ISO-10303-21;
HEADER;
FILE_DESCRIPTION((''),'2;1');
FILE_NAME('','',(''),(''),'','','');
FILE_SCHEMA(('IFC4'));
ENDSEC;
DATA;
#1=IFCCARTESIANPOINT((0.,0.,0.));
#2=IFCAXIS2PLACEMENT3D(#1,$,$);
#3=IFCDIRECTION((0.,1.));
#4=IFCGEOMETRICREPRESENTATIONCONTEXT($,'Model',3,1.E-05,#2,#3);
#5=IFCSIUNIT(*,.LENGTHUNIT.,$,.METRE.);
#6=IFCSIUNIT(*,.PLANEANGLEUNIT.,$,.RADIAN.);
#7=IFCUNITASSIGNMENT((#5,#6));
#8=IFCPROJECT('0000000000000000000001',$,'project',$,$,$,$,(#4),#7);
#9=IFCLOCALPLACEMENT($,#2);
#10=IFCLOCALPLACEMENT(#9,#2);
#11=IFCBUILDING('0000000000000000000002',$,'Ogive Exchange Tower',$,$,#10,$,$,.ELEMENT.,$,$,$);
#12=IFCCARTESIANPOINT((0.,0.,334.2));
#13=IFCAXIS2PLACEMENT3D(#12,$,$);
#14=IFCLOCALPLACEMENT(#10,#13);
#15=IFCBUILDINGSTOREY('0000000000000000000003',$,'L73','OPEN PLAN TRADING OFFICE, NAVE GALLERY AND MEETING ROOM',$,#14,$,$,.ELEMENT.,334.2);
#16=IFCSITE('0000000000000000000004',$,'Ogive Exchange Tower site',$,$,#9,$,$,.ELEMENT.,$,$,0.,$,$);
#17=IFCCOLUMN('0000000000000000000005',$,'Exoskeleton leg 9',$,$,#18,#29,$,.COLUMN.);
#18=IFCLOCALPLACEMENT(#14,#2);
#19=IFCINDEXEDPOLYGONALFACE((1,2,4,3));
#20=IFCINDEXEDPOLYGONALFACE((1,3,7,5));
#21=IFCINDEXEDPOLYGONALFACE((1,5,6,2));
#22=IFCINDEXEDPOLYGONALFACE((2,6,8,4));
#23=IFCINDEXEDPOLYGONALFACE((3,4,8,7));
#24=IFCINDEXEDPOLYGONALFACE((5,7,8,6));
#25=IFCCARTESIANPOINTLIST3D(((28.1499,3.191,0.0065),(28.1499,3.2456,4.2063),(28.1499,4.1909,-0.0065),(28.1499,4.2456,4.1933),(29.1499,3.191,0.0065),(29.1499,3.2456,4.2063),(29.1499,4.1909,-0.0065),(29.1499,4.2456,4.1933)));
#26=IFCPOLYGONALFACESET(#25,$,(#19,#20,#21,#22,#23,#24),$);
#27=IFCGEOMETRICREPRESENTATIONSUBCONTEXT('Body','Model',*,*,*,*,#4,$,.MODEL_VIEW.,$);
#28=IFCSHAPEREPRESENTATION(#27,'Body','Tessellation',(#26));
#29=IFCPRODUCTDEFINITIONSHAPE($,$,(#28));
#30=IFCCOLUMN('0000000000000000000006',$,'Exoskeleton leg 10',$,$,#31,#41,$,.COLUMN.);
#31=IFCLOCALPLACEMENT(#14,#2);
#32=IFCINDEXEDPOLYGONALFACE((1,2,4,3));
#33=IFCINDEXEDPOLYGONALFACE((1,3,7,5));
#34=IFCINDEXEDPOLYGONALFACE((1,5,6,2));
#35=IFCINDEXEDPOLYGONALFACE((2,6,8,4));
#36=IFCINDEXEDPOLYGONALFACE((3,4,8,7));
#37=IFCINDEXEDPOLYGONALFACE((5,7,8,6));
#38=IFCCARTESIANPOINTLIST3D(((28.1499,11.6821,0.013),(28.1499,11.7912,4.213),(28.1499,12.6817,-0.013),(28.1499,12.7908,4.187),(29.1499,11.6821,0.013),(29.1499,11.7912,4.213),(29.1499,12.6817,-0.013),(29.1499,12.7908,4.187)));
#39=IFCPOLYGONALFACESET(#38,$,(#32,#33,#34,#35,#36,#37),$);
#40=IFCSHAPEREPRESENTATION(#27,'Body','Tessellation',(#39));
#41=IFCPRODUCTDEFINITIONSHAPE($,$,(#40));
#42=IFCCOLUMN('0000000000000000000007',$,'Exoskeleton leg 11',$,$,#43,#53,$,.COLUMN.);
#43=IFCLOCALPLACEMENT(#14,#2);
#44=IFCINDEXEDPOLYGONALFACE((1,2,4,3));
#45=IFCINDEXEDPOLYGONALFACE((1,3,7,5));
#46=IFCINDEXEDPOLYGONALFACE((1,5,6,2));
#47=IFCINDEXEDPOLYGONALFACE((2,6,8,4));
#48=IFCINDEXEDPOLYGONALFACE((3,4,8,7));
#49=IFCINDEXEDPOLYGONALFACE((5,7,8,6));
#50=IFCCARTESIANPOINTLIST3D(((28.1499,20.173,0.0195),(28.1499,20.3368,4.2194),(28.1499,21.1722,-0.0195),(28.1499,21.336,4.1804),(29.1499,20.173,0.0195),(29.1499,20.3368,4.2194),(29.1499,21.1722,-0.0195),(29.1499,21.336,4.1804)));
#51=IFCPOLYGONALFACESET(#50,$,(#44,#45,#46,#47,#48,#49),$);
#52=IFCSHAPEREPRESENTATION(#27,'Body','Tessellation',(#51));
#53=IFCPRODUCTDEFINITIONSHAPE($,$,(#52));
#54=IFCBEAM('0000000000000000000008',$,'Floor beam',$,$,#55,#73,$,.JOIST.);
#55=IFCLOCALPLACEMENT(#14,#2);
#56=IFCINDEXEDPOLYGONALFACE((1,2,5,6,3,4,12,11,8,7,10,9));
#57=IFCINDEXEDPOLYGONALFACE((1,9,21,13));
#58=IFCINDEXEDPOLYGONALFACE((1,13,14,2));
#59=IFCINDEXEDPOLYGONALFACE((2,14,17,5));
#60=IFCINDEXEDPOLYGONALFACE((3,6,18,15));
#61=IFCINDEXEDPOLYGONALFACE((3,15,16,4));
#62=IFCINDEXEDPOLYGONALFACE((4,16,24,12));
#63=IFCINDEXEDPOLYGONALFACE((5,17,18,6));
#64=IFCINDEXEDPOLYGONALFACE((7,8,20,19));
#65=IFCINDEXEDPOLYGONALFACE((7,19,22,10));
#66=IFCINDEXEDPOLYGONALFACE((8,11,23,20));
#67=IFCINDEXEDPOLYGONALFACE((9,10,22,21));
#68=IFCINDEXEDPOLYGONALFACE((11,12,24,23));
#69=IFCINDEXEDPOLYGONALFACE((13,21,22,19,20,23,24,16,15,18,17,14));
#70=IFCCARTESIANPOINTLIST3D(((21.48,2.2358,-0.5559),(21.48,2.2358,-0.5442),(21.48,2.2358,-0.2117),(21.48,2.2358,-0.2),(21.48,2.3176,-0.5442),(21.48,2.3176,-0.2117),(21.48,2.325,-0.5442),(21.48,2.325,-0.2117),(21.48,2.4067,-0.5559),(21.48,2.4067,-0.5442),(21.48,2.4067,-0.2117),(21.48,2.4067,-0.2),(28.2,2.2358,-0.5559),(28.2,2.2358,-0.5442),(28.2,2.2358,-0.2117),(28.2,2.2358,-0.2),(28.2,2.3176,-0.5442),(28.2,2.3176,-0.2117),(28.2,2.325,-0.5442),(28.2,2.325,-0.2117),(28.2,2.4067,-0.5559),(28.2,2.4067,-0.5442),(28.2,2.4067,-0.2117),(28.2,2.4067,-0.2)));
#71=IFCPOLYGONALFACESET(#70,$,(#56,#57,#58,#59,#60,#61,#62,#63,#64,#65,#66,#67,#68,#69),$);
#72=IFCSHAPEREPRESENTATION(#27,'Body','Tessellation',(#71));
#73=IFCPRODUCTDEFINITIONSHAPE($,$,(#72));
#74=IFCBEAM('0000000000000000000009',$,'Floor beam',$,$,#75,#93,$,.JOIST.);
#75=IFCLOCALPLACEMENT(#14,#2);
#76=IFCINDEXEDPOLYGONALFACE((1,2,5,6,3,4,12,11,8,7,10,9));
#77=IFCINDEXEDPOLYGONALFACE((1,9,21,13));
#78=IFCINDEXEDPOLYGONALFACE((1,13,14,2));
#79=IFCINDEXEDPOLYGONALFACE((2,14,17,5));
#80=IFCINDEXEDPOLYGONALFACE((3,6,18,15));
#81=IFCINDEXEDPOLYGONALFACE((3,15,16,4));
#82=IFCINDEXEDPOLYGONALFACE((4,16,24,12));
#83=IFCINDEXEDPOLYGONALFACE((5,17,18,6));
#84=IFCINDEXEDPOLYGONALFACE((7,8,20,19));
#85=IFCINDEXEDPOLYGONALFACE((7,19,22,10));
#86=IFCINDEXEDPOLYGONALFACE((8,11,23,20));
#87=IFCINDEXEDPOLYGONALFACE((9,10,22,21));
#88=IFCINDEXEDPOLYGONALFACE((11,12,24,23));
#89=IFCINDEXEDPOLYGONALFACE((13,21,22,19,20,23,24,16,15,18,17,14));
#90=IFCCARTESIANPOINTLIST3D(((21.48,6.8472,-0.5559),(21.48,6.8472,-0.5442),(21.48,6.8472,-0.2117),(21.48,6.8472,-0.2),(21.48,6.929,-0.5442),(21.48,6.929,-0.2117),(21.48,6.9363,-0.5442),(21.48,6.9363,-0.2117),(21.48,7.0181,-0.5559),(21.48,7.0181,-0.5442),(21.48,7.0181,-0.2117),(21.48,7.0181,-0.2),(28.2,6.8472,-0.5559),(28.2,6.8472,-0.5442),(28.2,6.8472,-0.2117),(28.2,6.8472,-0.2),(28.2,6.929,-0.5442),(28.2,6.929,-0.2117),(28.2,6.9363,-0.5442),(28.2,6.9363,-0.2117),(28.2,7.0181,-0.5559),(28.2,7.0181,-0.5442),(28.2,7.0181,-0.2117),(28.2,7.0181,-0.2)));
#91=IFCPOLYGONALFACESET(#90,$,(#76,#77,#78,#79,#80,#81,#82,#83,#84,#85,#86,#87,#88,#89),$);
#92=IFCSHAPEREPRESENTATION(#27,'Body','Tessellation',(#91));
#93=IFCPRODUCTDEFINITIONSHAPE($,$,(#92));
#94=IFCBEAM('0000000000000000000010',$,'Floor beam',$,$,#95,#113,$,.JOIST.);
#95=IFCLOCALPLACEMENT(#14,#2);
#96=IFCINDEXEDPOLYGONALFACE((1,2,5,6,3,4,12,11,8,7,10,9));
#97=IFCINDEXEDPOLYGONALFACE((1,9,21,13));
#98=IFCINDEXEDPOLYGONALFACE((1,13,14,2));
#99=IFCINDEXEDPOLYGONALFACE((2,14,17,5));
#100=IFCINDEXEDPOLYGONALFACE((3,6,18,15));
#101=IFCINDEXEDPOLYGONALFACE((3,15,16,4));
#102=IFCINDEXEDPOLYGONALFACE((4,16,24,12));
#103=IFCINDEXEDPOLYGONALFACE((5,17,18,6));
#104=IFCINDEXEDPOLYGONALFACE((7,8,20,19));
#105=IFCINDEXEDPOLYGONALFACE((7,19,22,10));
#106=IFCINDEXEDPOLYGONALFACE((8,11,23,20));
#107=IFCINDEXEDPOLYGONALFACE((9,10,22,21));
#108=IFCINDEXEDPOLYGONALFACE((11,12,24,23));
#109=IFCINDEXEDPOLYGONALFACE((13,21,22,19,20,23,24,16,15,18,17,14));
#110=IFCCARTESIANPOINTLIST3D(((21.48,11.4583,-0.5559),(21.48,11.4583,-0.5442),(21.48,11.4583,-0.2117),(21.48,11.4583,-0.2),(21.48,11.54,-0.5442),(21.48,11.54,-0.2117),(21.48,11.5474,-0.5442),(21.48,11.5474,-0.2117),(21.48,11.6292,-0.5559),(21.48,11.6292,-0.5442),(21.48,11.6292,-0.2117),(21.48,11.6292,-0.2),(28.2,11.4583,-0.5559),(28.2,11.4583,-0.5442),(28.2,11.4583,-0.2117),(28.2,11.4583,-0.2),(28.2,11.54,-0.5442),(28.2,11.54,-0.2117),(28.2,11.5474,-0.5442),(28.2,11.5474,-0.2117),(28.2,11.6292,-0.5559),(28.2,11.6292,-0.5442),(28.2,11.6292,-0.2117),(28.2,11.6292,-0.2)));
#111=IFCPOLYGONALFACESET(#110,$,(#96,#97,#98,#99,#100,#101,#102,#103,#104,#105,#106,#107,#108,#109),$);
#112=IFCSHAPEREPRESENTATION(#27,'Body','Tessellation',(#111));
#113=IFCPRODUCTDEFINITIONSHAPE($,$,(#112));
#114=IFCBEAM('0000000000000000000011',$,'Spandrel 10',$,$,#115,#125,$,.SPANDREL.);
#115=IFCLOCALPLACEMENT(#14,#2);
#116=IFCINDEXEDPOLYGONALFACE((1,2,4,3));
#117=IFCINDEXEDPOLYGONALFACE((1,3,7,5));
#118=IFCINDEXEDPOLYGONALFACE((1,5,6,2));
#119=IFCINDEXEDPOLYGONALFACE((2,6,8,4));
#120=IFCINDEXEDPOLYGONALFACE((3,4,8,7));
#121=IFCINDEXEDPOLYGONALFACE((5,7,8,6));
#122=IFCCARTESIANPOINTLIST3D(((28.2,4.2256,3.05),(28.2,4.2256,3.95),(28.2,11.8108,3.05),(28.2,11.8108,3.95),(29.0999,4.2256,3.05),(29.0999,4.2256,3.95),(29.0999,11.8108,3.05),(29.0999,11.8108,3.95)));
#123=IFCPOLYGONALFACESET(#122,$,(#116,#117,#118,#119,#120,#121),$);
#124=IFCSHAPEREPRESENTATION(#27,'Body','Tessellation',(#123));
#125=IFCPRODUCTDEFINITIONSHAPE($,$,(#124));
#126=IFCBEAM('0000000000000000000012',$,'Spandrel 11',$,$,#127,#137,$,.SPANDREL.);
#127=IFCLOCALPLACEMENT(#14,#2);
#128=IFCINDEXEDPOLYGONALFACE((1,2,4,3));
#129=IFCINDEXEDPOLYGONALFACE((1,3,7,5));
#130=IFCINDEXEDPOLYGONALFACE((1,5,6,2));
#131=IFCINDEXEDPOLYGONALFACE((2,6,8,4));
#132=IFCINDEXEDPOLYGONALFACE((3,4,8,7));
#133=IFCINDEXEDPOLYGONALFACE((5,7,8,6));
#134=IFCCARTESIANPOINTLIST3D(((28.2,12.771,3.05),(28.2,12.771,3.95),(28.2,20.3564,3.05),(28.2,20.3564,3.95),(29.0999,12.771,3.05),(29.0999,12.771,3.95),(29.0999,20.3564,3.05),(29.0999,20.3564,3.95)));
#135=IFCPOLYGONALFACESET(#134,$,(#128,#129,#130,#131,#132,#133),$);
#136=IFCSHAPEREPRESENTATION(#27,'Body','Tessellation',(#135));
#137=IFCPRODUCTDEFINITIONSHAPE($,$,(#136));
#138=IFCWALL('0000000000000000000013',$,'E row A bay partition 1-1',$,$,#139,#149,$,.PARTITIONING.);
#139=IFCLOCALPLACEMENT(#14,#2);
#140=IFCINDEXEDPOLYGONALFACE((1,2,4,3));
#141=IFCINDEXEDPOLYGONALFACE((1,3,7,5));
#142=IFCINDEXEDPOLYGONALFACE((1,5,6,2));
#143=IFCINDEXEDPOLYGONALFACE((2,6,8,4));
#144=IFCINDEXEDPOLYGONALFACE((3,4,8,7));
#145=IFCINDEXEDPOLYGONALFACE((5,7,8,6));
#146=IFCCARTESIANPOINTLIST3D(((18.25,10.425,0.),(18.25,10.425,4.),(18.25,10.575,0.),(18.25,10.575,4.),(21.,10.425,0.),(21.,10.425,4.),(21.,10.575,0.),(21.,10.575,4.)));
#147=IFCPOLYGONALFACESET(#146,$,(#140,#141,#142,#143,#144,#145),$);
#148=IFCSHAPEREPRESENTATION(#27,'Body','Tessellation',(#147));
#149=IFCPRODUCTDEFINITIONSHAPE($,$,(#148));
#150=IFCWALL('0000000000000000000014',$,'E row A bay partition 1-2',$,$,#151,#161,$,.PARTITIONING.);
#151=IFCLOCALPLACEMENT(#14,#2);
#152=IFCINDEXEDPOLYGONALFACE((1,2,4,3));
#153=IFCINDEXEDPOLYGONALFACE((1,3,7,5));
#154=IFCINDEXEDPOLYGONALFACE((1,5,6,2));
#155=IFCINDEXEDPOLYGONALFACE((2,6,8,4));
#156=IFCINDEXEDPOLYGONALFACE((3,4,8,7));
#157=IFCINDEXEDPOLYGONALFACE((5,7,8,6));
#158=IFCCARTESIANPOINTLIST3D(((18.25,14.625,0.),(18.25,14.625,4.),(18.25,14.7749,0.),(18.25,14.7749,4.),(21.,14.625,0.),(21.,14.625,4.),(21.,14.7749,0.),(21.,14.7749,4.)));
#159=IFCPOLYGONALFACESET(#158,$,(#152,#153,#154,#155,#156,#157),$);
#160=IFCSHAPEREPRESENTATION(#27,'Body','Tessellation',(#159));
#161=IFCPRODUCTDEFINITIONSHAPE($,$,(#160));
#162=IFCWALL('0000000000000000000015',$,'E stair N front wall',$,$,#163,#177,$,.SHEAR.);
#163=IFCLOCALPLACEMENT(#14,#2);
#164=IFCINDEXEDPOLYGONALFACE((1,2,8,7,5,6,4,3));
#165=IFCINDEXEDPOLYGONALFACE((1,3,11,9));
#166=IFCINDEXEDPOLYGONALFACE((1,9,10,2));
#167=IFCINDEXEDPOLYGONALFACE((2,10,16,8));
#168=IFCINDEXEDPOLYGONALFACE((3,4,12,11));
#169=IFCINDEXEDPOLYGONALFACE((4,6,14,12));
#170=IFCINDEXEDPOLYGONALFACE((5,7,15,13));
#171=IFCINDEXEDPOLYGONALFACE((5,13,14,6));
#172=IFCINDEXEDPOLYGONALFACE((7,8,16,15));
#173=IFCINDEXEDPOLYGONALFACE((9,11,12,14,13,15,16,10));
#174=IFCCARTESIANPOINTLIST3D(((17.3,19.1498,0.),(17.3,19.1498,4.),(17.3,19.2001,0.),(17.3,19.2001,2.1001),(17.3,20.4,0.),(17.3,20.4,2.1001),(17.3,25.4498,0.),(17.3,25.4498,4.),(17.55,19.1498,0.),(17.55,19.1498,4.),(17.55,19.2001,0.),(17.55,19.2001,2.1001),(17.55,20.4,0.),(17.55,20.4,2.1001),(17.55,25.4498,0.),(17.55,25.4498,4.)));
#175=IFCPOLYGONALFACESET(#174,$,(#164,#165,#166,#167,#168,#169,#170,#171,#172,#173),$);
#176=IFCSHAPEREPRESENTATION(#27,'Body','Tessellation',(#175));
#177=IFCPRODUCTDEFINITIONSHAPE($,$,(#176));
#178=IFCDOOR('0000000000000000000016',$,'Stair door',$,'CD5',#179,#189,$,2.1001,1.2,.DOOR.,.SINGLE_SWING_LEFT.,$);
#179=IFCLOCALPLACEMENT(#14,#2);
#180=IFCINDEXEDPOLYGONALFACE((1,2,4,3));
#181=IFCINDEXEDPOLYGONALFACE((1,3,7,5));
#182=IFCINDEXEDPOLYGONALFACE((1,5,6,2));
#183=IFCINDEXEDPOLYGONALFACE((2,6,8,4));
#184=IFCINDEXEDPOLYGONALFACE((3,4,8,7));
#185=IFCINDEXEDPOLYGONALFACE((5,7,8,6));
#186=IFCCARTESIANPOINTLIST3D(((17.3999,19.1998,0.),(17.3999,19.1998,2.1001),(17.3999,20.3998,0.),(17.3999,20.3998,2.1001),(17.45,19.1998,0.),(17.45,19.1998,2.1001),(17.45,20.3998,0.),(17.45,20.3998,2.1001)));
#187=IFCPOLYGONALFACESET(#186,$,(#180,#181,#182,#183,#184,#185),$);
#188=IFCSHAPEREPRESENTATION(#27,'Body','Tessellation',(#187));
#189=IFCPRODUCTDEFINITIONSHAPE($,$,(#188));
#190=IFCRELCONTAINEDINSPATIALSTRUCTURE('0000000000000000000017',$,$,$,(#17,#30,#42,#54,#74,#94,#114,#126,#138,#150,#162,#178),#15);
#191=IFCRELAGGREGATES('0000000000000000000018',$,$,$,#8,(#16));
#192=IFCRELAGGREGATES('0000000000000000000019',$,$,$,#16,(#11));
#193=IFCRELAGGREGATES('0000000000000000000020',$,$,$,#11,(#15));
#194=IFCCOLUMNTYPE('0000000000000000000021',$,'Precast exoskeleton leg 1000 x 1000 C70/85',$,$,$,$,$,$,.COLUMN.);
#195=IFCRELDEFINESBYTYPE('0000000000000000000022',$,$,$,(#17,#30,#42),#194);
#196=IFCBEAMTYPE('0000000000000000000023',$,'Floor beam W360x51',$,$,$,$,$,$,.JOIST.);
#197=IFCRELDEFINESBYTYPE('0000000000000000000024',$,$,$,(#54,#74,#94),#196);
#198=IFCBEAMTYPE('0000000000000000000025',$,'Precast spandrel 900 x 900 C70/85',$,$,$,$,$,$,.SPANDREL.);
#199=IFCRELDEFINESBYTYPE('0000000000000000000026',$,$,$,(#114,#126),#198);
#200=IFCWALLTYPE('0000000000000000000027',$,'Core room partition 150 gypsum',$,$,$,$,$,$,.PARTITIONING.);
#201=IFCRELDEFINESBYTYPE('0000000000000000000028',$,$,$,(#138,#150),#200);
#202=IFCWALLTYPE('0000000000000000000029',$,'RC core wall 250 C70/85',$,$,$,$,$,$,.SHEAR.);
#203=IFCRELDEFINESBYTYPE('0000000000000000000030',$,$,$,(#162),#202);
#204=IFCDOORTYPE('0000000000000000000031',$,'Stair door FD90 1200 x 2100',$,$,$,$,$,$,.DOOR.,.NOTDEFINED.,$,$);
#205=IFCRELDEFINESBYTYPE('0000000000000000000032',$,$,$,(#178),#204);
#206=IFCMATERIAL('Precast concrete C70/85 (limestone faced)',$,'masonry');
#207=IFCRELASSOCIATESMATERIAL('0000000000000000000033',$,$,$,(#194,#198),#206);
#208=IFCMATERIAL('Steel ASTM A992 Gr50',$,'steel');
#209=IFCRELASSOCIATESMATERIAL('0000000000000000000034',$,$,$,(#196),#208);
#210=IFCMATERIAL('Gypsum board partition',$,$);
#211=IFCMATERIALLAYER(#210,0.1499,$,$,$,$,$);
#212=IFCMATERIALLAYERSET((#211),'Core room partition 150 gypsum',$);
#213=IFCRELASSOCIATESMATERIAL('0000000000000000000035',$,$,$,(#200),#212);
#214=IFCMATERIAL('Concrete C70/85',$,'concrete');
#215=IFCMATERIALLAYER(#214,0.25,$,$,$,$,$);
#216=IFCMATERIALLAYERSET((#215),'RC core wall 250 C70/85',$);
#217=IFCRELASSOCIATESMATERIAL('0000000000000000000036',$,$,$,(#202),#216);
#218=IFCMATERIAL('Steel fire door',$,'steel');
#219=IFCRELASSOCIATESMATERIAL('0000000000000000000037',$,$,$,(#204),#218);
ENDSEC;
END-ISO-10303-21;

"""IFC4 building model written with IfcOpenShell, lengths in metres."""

from ifc_helpers import new_model, si_unit, direction, frame, frame_2d, origin, origin_2d, place, context, subcontext, project, spatial, rectangle, i_section, extrude, material, layer, layer_set, material_profile, profile_set, type_object, element, fill, save


model = new_model("IFC4")

# Units and contexts
model_context = context("Model", 3, precision=1e-05, world=origin(), true_north=direction((0.0, 1.0)))
body_context = subcontext(model_context, "Body", "Model", "MODEL_VIEW")
ifc_project = project(units=[si_unit("LENGTHUNIT", "METRE"), si_unit("PLANEANGLEUNIT", "RADIAN")], contexts=[model_context])

# Site, building, storey
site_placement = place(None, origin())
site = spatial("IfcSite", under=ifc_project, at=site_placement, Name="Ogive Exchange Tower site", CompositionType="ELEMENT", RefElevation=0.0)
building_placement = place(site_placement, origin())
building = spatial("IfcBuilding", under=site, at=building_placement, Name="Ogive Exchange Tower", CompositionType="ELEMENT")
storey_placement = place(building_placement, frame((0.0, 0.0, 334.2)))
storey = spatial("IfcBuildingStorey", under=building, at=storey_placement, Name="L73", Description="OPEN PLAN TRADING OFFICE, NAVE GALLERY AND MEETING ROOM", CompositionType="ELEMENT", Elevation=334.2)

# Columns
ifc_material_1 = material(Name="Precast concrete C70/85 (limestone faced)", Category="masonry")
ifc_material_profile_1 = material_profile(ifc_material_1, rectangle(XDim=1.0, YDim=1.0, at=origin_2d()), Name="1000 x 1000")
ifc_profile_set_1 = profile_set([ifc_material_profile_1], Name="Precast concrete C70/85 (limestone faced)")
column_type = type_object("IfcColumnType", Name="Precast exoskeleton leg 1000 x 1000 C70/85", PredefinedType="COLUMN", material=ifc_profile_set_1)
column_1_placement = place(storey_placement, frame((28.6499, 3.6909, 0.0), z_axis=(0.0, 0.01302, 0.999915), x_axis=(-1.0, 0.0, 0.0)))
element("IfcColumn", 1, at=column_1_placement, inside=storey, type_object=column_type, Name="Exoskeleton leg 9", PredefinedType="COLUMN", context=body_context, shape_type="SweptSolid", body=[
    extrude(rectangle(XDim=1.0, YDim=1.0, at=origin_2d()), origin(), (0.0, 0.0, 1.0), 4.2002),
])
column_2_placement = place(storey_placement, frame((28.6499, 12.1819, 0.0), z_axis=(0.0, 0.025975, 0.999663), x_axis=(-1.0, 0.0, 0.0)))
element("IfcColumn", 2, at=column_2_placement, inside=storey, type_object=column_type, Name="Exoskeleton leg 10", PredefinedType="COLUMN", context=body_context, shape_type="SweptSolid", body=[
    extrude(rectangle(XDim=1.0, YDim=1.0, at=origin_2d()), origin(), (0.0, 0.0, 1.0), 4.2014),
])
column_3_placement = place(storey_placement, frame((28.6499, 20.6726, 0.0), z_axis=(0.0, 0.038975, 0.99924), x_axis=(-1.0, 0.0, 0.0)))
element("IfcColumn", 3, at=column_3_placement, inside=storey, type_object=column_type, Name="Exoskeleton leg 11", PredefinedType="COLUMN", context=body_context, shape_type="SweptSolid", body=[
    extrude(rectangle(XDim=1.0, YDim=1.0, at=origin_2d()), origin(), (0.0, 0.0, 1.0), 4.2031),
])

# Beams
ifc_material_2 = material(Name="Steel ASTM A992 Gr50", Category="steel")
ifc_material_profile_2 = material_profile(ifc_material_2, i_section(OverallWidth=0.1709, OverallDepth=0.356, WebThickness=0.0073, FlangeThickness=0.0117, at=origin_2d()), Name="W360x51")
ifc_profile_set_2 = profile_set([ifc_material_profile_2], Name="Steel ASTM A992 Gr50")
beam_type_1 = type_object("IfcBeamType", Name="Floor beam W360x51", PredefinedType="JOIST", material=ifc_profile_set_2)
for number, where, z_axis, x_axis, name in (
    (4, (21.48, 2.3213, -0.3779), (1.0, 0.0, 0.0), (0.0, 1.0, 0.0), "Floor beam"),
    (5, (21.48, 6.9326, -0.3779), (1.0, 0.0, 0.0), (0.0, 1.0, 0.0), "Floor beam"),
    (6, (21.48, 11.5437, -0.3779), (1.0, 0.0, 0.0), (0.0, 1.0, 0.0), "Floor beam"),
):
    element("IfcBeam", number, at=place(storey_placement, frame(where, z_axis=z_axis, x_axis=x_axis)), inside=storey, type_object=beam_type_1, Name=name, PredefinedType="JOIST", context=body_context, shape_type="SweptSolid", body=[
        extrude(i_section(OverallWidth=0.1709, OverallDepth=0.356, WebThickness=0.0073, FlangeThickness=0.0117, at=origin_2d()), origin(), (0.0, 0.0, 1.0), 6.72),
    ])
ifc_material_profile_3 = material_profile(ifc_material_1, rectangle(XDim=0.8999, YDim=0.8999, at=origin_2d()), Name="900 x 900")
ifc_profile_set_3 = profile_set([ifc_material_profile_3], Name="Precast concrete C70/85 (limestone faced)")
beam_type_2 = type_object("IfcBeamType", Name="Precast spandrel 900 x 900 C70/85", PredefinedType="SPANDREL", material=ifc_profile_set_3)
beam_1_placement = place(storey_placement, frame((28.6499, 4.2256, 3.5), z_axis=(0.0, 1.0, 0.0), x_axis=(-1.0, 0.0, 0.0)))
element("IfcBeam", 7, at=beam_1_placement, inside=storey, type_object=beam_type_2, Name="Spandrel 10", PredefinedType="SPANDREL", context=body_context, shape_type="SweptSolid", body=[
    extrude(rectangle(XDim=0.8999, YDim=0.8999, at=origin_2d()), origin(), (0.0, 0.0, 1.0), 7.5852),
])
beam_2_placement = place(storey_placement, frame((28.6499, 12.771, 3.5), z_axis=(0.0, 1.0, 0.0), x_axis=(-1.0, 0.0, 0.0)))
element("IfcBeam", 8, at=beam_2_placement, inside=storey, type_object=beam_type_2, Name="Spandrel 11", PredefinedType="SPANDREL", context=body_context, shape_type="SweptSolid", body=[
    extrude(rectangle(XDim=0.8999, YDim=0.8999, at=origin_2d()), origin(), (0.0, 0.0, 1.0), 7.5854),
])

# Walls
ifc_material_3 = material(Name="Gypsum board partition")
ifc_layer_1 = layer(ifc_material_3, 0.1499)
ifc_layer_set_1 = layer_set([ifc_layer_1], Name="Core room partition 150 gypsum")
wall_type_1 = type_object("IfcWallType", Name="Core room partition 150 gypsum", PredefinedType="PARTITIONING", material=ifc_layer_set_1)
for number, where, z_axis, x_axis, name in (
    (9, (18.25, 10.5, 0.0), (0.0, 0.0, 1.0), (1.0, 0.0, 0.0), "E row A bay partition 1-1"),
    (10, (18.25, 14.7, 0.0), (0.0, 0.0, 1.0), (1.0, 0.0, 0.0), "E row A bay partition 1-2"),
):
    element("IfcWall", number, at=place(storey_placement, frame(where, z_axis=z_axis, x_axis=x_axis)), inside=storey, type_object=wall_type_1, Name=name, PredefinedType="PARTITIONING", context=body_context, shape_type="SweptSolid", body=[
        extrude(rectangle(XDim=2.75, YDim=0.1499, at=frame_2d((1.375, 0.0))), origin(), (0.0, 0.0, 1.0), 4.0),
    ])

# Wall, opening, door
ifc_material_4 = material(Name="Concrete C70/85", Category="concrete")
ifc_layer_2 = layer(ifc_material_4, 0.25)
ifc_layer_set_2 = layer_set([ifc_layer_2], Name="RC core wall 250 C70/85")
wall_type_2 = type_object("IfcWallType", Name="RC core wall 250 C70/85", PredefinedType="SHEAR", material=ifc_layer_set_2)
wall_1_placement = place(storey_placement, frame((17.425, 19.1499, 0.0), z_axis=(0.0, 0.0, 1.0), x_axis=(0.0, 1.0, 0.0)))
wall_1 = element("IfcWall", 11, at=wall_1_placement, inside=storey, type_object=wall_type_2, Name="E stair N front wall", PredefinedType="SHEAR", context=body_context, shape_type="SweptSolid", body=[
    extrude(rectangle(XDim=6.3, YDim=0.25, at=frame_2d((3.1499, 0.0))), origin(), (0.0, 0.0, 1.0), 4.0),
])
opening_1_placement = place(wall_1_placement, frame((0.05, 0.0, 0.0)))
opening_1 = element("IfcOpeningElement", 12, at=opening_1_placement, cuts=wall_1, PredefinedType="OPENING", context=body_context, shape_type="SweptSolid", body=[
    extrude(rectangle(XDim=1.2, YDim=2.1001, at=frame_2d((0.6001, 1.05))), frame((0.0, 0.135, 0.0), z_axis=(0.0, -1.0, 0.0), x_axis=(1.0, 0.0, 0.0)), (0.0, 0.0, 1.0), 0.27),
])
ifc_material_5 = material(Name="Steel fire door", Category="steel")
door_type_1 = type_object("IfcDoorType", Name="Stair door FD90 1200 x 2100", OperationType="NOTDEFINED", PredefinedType="DOOR", material=ifc_material_5)
door_1_placement = place(opening_1_placement, frame((1.2, 0.0, 0.0), z_axis=(0.0, 0.0, 1.0), x_axis=(-1.0, 0.0, 0.0)))
door_1 = element("IfcDoor", 13, at=door_1_placement, inside=storey, type_object=door_type_1, Name="Stair door", ObjectType="CD5", OperationType="SINGLE_SWING_LEFT", OverallHeight=2.1001, OverallWidth=1.2, PredefinedType="DOOR", context=body_context, shape_type="SweptSolid", body=[
    extrude(rectangle(XDim=1.2, YDim=2.1001, at=frame_2d((0.6001, 1.05))), frame((0.0, 0.0249, 0.0), z_axis=(0.0, -1.0, 0.0), x_axis=(1.0, 0.0, 0.0)), (0.0, 0.0, 1.0), 0.05),
])
fill(opening_1, door_1)

save(model, "model.ifc")
